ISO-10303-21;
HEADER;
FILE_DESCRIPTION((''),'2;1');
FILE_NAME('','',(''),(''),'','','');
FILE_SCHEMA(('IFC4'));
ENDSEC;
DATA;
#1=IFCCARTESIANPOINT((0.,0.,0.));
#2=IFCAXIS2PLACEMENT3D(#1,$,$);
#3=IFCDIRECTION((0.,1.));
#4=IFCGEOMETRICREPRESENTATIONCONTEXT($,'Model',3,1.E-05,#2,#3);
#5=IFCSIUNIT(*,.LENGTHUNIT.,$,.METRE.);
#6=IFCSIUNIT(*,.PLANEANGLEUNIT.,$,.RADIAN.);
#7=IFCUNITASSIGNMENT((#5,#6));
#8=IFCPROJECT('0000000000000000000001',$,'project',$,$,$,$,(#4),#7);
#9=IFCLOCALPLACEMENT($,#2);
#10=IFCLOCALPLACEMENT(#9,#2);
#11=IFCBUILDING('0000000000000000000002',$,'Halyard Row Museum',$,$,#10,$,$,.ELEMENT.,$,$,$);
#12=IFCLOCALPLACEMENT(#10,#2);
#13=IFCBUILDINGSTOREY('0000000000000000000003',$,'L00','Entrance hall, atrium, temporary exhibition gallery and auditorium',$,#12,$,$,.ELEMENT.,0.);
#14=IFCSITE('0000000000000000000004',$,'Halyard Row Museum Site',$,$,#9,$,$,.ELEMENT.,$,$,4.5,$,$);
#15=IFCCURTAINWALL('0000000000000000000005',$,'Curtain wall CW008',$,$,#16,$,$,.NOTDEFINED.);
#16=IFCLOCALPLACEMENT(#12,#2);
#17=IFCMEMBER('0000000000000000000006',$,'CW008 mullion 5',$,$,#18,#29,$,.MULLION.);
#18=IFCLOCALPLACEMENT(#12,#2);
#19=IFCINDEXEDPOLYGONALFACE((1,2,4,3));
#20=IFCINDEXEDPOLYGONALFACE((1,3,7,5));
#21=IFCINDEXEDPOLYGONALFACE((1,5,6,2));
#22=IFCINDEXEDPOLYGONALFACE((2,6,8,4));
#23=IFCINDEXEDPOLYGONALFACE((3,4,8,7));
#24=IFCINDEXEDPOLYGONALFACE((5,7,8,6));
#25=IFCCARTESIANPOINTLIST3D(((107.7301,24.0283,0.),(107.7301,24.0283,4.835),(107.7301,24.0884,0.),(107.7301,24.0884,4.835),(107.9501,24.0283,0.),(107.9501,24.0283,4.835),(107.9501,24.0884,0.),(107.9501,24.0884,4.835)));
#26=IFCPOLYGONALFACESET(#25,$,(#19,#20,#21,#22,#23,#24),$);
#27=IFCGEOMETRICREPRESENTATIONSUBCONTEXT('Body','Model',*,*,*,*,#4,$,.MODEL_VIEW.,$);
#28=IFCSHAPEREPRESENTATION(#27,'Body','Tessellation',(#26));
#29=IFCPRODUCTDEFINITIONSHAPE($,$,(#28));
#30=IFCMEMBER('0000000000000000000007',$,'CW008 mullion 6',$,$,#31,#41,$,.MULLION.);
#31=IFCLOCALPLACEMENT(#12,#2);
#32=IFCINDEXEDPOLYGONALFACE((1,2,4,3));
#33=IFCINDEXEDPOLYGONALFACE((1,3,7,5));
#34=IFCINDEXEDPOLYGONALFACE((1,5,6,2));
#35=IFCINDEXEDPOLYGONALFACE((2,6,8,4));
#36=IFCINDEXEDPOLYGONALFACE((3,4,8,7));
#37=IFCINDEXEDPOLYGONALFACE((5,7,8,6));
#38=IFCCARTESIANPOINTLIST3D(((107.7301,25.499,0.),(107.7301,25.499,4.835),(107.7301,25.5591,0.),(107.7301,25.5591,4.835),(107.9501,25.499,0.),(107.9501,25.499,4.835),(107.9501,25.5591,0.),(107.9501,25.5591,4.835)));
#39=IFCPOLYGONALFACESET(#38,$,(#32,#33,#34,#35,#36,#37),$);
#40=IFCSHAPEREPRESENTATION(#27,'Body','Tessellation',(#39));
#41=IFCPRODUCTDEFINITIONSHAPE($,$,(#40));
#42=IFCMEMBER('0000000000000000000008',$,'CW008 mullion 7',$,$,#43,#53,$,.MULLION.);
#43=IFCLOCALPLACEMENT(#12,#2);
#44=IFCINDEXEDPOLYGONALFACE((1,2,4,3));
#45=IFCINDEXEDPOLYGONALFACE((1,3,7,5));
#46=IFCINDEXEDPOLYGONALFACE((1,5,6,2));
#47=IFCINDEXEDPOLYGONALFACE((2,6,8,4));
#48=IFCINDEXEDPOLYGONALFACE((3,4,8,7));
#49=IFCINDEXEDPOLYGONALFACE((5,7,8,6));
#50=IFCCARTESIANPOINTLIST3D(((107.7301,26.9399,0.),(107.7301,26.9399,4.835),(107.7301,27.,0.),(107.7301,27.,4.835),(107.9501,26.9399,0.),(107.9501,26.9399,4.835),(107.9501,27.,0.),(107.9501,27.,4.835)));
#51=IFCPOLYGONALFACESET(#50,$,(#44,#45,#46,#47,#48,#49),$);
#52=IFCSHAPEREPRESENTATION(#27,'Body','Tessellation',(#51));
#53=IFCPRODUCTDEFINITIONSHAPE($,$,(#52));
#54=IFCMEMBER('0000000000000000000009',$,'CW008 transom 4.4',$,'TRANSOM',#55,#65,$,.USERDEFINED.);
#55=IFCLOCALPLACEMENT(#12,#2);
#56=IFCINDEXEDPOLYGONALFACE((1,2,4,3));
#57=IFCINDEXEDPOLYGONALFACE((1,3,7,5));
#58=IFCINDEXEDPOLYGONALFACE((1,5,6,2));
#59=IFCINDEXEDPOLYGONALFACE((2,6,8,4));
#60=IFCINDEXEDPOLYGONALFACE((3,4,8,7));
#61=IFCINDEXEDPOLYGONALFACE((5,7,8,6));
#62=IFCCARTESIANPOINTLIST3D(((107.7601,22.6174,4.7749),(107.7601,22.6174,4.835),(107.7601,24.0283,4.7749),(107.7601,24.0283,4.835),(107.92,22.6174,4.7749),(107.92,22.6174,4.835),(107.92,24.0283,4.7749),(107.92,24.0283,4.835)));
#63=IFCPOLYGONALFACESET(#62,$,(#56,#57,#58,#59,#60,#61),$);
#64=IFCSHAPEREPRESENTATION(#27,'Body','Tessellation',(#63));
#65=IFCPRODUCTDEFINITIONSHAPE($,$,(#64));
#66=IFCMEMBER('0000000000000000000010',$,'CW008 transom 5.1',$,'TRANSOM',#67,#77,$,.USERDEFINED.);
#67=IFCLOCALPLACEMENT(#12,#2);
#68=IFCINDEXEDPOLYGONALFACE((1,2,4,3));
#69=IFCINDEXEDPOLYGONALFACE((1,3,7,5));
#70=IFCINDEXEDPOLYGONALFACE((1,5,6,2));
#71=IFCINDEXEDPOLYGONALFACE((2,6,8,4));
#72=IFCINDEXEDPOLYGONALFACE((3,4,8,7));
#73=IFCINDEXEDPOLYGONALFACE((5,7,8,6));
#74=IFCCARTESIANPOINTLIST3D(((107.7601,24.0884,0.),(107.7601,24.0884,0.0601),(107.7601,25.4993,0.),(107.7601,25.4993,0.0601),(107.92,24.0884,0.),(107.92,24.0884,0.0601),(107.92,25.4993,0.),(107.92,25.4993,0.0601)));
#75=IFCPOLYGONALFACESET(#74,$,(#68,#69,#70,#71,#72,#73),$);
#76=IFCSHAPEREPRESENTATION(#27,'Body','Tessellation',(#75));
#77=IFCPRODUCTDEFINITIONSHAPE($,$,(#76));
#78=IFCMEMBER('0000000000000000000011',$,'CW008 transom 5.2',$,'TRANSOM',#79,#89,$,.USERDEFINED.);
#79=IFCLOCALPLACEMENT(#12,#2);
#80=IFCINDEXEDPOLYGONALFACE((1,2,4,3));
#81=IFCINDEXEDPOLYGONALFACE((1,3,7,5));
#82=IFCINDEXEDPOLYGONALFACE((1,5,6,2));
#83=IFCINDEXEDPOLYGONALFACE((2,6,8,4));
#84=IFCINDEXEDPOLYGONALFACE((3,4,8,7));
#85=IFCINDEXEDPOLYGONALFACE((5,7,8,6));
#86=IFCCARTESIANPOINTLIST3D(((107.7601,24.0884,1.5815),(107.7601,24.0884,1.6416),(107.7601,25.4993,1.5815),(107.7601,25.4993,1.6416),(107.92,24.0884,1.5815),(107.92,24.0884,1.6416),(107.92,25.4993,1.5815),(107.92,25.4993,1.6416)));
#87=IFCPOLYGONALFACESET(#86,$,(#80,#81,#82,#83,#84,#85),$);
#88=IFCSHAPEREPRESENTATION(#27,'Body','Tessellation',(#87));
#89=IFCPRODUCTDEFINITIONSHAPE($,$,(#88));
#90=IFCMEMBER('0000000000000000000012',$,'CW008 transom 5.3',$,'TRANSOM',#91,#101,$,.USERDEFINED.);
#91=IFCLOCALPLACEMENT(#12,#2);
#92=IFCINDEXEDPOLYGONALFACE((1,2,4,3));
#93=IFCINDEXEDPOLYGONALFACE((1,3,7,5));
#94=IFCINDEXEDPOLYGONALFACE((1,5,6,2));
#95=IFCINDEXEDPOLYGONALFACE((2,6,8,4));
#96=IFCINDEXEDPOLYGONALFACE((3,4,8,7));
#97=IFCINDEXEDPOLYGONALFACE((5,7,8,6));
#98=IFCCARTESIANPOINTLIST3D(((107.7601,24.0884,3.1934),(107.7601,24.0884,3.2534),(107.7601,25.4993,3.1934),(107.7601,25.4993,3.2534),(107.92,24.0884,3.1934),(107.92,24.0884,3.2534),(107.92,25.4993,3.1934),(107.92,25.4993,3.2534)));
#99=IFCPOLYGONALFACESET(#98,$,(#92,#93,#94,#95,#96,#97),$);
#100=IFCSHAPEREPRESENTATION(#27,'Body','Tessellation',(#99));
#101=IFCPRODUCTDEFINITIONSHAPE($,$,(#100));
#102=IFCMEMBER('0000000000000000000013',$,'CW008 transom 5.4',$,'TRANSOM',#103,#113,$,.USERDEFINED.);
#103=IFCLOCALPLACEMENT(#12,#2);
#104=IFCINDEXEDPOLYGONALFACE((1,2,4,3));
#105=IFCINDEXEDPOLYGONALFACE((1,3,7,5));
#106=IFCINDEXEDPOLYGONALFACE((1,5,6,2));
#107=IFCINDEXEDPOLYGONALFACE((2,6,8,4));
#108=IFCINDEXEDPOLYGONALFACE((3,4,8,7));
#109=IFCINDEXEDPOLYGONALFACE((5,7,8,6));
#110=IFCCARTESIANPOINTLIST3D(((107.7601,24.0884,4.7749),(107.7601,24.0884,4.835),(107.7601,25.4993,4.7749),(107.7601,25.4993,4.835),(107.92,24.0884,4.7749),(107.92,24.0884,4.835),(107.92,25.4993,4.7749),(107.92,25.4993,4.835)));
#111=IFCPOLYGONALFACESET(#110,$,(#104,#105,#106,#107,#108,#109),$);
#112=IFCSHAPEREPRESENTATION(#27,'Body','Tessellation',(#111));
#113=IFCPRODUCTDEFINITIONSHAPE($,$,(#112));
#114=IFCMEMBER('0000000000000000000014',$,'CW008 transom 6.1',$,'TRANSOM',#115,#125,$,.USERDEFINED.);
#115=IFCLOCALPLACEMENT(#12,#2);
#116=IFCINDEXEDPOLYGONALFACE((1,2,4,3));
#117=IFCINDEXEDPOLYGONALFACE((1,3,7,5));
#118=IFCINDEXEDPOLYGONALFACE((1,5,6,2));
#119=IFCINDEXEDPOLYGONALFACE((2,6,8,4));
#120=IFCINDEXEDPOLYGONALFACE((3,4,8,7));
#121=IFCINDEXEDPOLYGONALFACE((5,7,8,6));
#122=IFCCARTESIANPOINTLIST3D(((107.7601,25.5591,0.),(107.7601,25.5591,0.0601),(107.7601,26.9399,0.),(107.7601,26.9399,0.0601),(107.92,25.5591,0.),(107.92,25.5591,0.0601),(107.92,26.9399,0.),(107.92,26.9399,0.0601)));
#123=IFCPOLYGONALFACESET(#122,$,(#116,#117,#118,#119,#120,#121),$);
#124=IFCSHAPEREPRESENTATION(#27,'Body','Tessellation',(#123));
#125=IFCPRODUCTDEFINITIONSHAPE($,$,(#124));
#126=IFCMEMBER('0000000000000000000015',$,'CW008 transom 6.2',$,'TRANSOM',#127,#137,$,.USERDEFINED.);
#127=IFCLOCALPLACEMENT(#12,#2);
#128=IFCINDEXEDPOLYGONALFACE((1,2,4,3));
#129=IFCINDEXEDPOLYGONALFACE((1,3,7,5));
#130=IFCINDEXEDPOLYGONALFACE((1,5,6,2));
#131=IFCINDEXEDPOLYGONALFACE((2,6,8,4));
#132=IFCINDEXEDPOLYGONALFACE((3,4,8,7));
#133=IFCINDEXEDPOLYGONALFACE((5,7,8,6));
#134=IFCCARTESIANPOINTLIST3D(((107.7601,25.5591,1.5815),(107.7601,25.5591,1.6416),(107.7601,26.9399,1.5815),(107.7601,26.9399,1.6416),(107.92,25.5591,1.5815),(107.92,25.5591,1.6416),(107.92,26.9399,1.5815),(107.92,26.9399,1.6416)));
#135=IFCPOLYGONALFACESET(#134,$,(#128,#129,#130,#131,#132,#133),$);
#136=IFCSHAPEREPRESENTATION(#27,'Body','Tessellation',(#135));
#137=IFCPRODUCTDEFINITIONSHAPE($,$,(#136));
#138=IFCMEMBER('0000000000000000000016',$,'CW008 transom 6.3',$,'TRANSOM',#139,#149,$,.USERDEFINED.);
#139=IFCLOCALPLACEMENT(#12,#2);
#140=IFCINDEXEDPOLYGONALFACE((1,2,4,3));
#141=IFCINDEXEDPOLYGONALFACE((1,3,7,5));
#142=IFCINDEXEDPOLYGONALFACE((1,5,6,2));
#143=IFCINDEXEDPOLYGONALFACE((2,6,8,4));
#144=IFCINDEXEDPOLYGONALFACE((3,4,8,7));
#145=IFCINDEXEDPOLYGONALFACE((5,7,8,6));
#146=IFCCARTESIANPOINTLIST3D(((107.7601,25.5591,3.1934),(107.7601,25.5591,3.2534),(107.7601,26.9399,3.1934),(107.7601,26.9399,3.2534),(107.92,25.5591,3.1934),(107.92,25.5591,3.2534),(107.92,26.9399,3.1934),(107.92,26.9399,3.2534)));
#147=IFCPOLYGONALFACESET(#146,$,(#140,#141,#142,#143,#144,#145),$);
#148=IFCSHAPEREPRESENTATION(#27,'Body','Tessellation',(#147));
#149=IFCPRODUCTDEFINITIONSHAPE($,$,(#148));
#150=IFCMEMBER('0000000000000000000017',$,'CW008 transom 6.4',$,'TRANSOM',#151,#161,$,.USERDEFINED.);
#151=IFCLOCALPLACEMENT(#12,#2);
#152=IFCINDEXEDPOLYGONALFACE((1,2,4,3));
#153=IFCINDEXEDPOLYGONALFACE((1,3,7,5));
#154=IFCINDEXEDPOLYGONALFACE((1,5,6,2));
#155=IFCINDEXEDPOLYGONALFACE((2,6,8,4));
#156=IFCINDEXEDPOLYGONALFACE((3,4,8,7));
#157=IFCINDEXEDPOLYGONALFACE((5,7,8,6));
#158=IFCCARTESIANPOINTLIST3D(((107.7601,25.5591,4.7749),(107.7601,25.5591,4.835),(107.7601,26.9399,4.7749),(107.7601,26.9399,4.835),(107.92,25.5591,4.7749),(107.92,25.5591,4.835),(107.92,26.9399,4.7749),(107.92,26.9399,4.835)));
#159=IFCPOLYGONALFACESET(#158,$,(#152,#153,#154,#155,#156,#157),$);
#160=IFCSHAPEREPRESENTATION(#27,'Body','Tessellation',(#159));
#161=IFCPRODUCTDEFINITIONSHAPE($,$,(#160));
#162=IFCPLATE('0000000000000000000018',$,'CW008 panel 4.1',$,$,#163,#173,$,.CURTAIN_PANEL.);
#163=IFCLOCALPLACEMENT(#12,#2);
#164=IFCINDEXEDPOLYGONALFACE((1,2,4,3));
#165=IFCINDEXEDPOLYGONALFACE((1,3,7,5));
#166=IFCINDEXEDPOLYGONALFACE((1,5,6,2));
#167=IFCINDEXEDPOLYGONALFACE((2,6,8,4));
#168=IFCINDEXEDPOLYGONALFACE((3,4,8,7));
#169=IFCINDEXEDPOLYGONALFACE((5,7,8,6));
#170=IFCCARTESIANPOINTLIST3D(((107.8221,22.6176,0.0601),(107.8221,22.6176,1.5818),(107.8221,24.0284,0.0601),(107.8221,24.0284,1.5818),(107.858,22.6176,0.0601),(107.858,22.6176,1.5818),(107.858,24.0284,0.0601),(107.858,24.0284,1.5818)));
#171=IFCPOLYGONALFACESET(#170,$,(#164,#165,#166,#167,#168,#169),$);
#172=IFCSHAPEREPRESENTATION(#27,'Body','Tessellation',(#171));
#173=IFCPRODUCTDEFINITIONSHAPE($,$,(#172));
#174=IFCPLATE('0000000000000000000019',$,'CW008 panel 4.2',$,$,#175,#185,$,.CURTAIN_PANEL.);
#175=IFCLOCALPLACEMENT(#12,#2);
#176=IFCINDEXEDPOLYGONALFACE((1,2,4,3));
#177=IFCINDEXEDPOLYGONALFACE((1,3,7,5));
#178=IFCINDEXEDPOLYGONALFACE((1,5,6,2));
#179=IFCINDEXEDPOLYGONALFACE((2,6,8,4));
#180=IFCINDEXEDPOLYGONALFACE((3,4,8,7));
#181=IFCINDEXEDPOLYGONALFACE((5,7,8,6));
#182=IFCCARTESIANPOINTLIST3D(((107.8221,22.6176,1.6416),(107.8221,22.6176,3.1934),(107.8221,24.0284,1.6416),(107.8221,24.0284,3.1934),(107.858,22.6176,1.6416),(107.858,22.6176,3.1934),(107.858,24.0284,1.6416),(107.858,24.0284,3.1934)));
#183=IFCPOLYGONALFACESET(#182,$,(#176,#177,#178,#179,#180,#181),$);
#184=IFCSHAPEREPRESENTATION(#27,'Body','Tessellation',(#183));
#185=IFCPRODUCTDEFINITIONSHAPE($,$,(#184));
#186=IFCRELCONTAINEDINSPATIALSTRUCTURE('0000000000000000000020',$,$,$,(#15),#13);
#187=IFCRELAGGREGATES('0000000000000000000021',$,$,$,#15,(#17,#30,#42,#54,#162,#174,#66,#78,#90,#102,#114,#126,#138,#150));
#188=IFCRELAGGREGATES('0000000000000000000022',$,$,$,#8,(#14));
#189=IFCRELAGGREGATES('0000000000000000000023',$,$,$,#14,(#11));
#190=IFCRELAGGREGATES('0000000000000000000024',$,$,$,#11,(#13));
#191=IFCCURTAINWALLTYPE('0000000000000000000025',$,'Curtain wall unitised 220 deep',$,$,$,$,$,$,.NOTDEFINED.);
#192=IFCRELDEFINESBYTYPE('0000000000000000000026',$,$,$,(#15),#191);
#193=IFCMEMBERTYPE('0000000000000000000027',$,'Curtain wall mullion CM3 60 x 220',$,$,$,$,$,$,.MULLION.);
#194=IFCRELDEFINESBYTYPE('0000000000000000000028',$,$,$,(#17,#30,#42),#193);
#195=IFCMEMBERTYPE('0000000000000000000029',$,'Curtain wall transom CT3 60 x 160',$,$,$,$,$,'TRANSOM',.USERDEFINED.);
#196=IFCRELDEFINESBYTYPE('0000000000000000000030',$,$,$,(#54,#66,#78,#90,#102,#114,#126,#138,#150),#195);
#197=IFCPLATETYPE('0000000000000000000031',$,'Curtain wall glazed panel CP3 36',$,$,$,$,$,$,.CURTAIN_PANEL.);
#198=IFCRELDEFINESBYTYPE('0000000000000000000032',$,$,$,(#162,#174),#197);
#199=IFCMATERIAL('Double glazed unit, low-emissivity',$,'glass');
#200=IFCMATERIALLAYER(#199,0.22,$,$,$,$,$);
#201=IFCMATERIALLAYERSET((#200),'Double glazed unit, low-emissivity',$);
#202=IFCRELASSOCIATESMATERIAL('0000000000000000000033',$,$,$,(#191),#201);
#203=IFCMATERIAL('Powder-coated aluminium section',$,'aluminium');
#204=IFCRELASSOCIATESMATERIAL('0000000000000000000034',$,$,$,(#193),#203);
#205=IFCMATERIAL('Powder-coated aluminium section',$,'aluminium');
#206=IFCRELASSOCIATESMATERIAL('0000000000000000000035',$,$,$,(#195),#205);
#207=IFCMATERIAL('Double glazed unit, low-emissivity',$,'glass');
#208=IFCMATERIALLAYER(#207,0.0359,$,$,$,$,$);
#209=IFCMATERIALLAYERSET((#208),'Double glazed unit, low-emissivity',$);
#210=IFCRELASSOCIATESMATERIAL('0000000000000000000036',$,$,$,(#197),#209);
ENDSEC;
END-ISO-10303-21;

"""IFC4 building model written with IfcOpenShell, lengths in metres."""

from ifc_helpers import new_model, si_unit, direction, frame, origin, origin_2d, place, context, subcontext, project, spatial, rectangle, extrude, material, layer, layer_set, material_profile, profile_set, type_object, element, aggregate, save


model = new_model("IFC4")

# Units and contexts
model_context = context("Model", 3, precision=1e-05, world=origin(), true_north=direction((0.0, 1.0)))
body_context = subcontext(model_context, "Body", "Model", "MODEL_VIEW")
ifc_project = project(units=[si_unit("LENGTHUNIT", "METRE"), si_unit("PLANEANGLEUNIT", "RADIAN")], contexts=[model_context])

# Site, building, storey
site_placement = place(None, origin())
site = spatial("IfcSite", under=ifc_project, at=site_placement, Name="Halyard Row Museum Site", CompositionType="ELEMENT", RefElevation=4.5)
building_placement = place(site_placement, origin())
building = spatial("IfcBuilding", under=site, at=building_placement, Name="Halyard Row Museum", CompositionType="ELEMENT")
storey_placement = place(building_placement, origin())
storey = spatial("IfcBuildingStorey", under=building, at=storey_placement, Name="L00", Description="Entrance hall, atrium, temporary exhibition gallery and auditorium", CompositionType="ELEMENT", Elevation=0.0)

# Curtain wall, members, plates
ifc_material_1 = material(Name="Double glazed unit, low-emissivity", Category="glass")
ifc_layer_1 = layer(ifc_material_1, 0.22)
ifc_layer_set_1 = layer_set([ifc_layer_1], Name="Double glazed unit, low-emissivity")
curtain_wall_type = type_object("IfcCurtainWallType", Name="Curtain wall unitised 220 deep", PredefinedType="NOTDEFINED", material=ifc_layer_set_1)
curtain_wall_placement = place(storey_placement, origin())
curtain_wall = element("IfcCurtainWall", 1, at=curtain_wall_placement, inside=storey, type_object=curtain_wall_type, Name="Curtain wall CW008", PredefinedType="NOTDEFINED")
ifc_material_2 = material(Name="Powder-coated aluminium section", Category="aluminium")
ifc_material_profile_1 = material_profile(ifc_material_2, rectangle(XDim=0.22, YDim=0.0601, at=origin_2d()), Name="220x60 mullion")
ifc_profile_set_1 = profile_set([ifc_material_profile_1], Name="Powder-coated aluminium section")
member_type_1 = type_object("IfcMemberType", Name="Curtain wall mullion CM3 60 x 220", PredefinedType="MULLION", material=ifc_profile_set_1)
member_1_placement = place(storey_placement, frame((107.8401, 24.0583, 0.0), z_axis=(0.0, 0.0, 1.0), x_axis=(-1.0, 0.0, 0.0)))
member_1 = element("IfcMember", 2, at=member_1_placement, type_object=member_type_1, Name="CW008 mullion 5", PredefinedType="MULLION", context=body_context, shape_type="SweptSolid", body=[
    extrude(rectangle(XDim=0.22, YDim=0.0601, at=origin_2d()), origin(), (0.0, 0.0, 1.0), 4.835),
])
member_2_placement = place(storey_placement, frame((107.8401, 25.5291, 0.0), z_axis=(0.0, 0.0, 1.0), x_axis=(-1.0, 0.0, 0.0)))
member_2 = element("IfcMember", 3, at=member_2_placement, type_object=member_type_1, Name="CW008 mullion 6", PredefinedType="MULLION", context=body_context, shape_type="SweptSolid", body=[
    extrude(rectangle(XDim=0.22, YDim=0.0601, at=origin_2d()), origin(), (0.0, 0.0, 1.0), 4.835),
])
member_3_placement = place(storey_placement, frame((107.8401, 26.97, 0.0), z_axis=(0.0, 0.0, 1.0), x_axis=(-1.0, 0.0, 0.0)))
member_3 = element("IfcMember", 4, at=member_3_placement, type_object=member_type_1, Name="CW008 mullion 7", PredefinedType="MULLION", context=body_context, shape_type="SweptSolid", body=[
    extrude(rectangle(XDim=0.22, YDim=0.0601, at=origin_2d()), origin(), (0.0, 0.0, 1.0), 4.835),
])
ifc_material_3 = material(Name="Powder-coated aluminium section", Category="aluminium")
ifc_material_profile_2 = material_profile(ifc_material_3, rectangle(XDim=0.1599, YDim=0.0601, at=origin_2d()), Name="160x60 transom")
ifc_profile_set_2 = profile_set([ifc_material_profile_2], Name="Powder-coated aluminium section")
member_type_2 = type_object("IfcMemberType", Name="Curtain wall transom CT3 60 x 160", ElementType="TRANSOM", PredefinedType="USERDEFINED", material=ifc_profile_set_2)
member_4_placement = place(storey_placement, frame((107.8401, 22.6174, 4.8049), z_axis=(0.0, 1.0, 0.0), x_axis=(-1.0, 0.0, 0.0)))
member_4 = element("IfcMember", 5, at=member_4_placement, type_object=member_type_2, Name="CW008 transom 4.4", ObjectType="TRANSOM", PredefinedType="USERDEFINED", context=body_context, shape_type="SweptSolid", body=[
    extrude(rectangle(XDim=0.1599, YDim=0.0601, at=origin_2d()), origin(), (0.0, 0.0, 1.0), 1.4109),
])
member_5_placement = place(storey_placement, frame((107.8401, 24.0884, 0.03), z_axis=(0.0, 1.0, 0.0), x_axis=(-1.0, 0.0, 0.0)))
member_5 = element("IfcMember", 6, at=member_5_placement, type_object=member_type_2, Name="CW008 transom 5.1", ObjectType="TRANSOM", PredefinedType="USERDEFINED", context=body_context, shape_type="SweptSolid", body=[
    extrude(rectangle(XDim=0.1599, YDim=0.0601, at=origin_2d()), origin(), (0.0, 0.0, 1.0), 1.4109),
])
member_6_placement = place(storey_placement, frame((107.8401, 24.0884, 1.6116), z_axis=(0.0, 1.0, 0.0), x_axis=(-1.0, 0.0, 0.0)))
member_6 = element("IfcMember", 7, at=member_6_placement, type_object=member_type_2, Name="CW008 transom 5.2", ObjectType="TRANSOM", PredefinedType="USERDEFINED", context=body_context, shape_type="SweptSolid", body=[
    extrude(rectangle(XDim=0.1599, YDim=0.0601, at=origin_2d()), origin(), (0.0, 0.0, 1.0), 1.4109),
])
member_7_placement = place(storey_placement, frame((107.8401, 24.0884, 3.2234), z_axis=(0.0, 1.0, 0.0), x_axis=(-1.0, 0.0, 0.0)))
member_7 = element("IfcMember", 8, at=member_7_placement, type_object=member_type_2, Name="CW008 transom 5.3", ObjectType="TRANSOM", PredefinedType="USERDEFINED", context=body_context, shape_type="SweptSolid", body=[
    extrude(rectangle(XDim=0.1599, YDim=0.0601, at=origin_2d()), origin(), (0.0, 0.0, 1.0), 1.4109),
])
member_8_placement = place(storey_placement, frame((107.8401, 24.0884, 4.8049), z_axis=(0.0, 1.0, 0.0), x_axis=(-1.0, 0.0, 0.0)))
member_8 = element("IfcMember", 9, at=member_8_placement, type_object=member_type_2, Name="CW008 transom 5.4", ObjectType="TRANSOM", PredefinedType="USERDEFINED", context=body_context, shape_type="SweptSolid", body=[
    extrude(rectangle(XDim=0.1599, YDim=0.0601, at=origin_2d()), origin(), (0.0, 0.0, 1.0), 1.4109),
])
member_9_placement = place(storey_placement, frame((107.8401, 25.5591, 0.03), z_axis=(0.0, 1.0, 0.0), x_axis=(-1.0, 0.0, 0.0)))
member_9 = element("IfcMember", 10, at=member_9_placement, type_object=member_type_2, Name="CW008 transom 6.1", ObjectType="TRANSOM", PredefinedType="USERDEFINED", context=body_context, shape_type="SweptSolid", body=[
    extrude(rectangle(XDim=0.1599, YDim=0.0601, at=origin_2d()), origin(), (0.0, 0.0, 1.0), 1.3809),
])
member_10_placement = place(storey_placement, frame((107.8401, 25.5591, 1.6116), z_axis=(0.0, 1.0, 0.0), x_axis=(-1.0, 0.0, 0.0)))
member_10 = element("IfcMember", 11, at=member_10_placement, type_object=member_type_2, Name="CW008 transom 6.2", ObjectType="TRANSOM", PredefinedType="USERDEFINED", context=body_context, shape_type="SweptSolid", body=[
    extrude(rectangle(XDim=0.1599, YDim=0.0601, at=origin_2d()), origin(), (0.0, 0.0, 1.0), 1.3809),
])
member_11_placement = place(storey_placement, frame((107.8401, 25.5591, 3.2234), z_axis=(0.0, 1.0, 0.0), x_axis=(-1.0, 0.0, 0.0)))
member_11 = element("IfcMember", 12, at=member_11_placement, type_object=member_type_2, Name="CW008 transom 6.3", ObjectType="TRANSOM", PredefinedType="USERDEFINED", context=body_context, shape_type="SweptSolid", body=[
    extrude(rectangle(XDim=0.1599, YDim=0.0601, at=origin_2d()), origin(), (0.0, 0.0, 1.0), 1.3809),
])
member_12_placement = place(storey_placement, frame((107.8401, 25.5591, 4.8049), z_axis=(0.0, 1.0, 0.0), x_axis=(-1.0, 0.0, 0.0)))
member_12 = element("IfcMember", 13, at=member_12_placement, type_object=member_type_2, Name="CW008 transom 6.4", ObjectType="TRANSOM", PredefinedType="USERDEFINED", context=body_context, shape_type="SweptSolid", body=[
    extrude(rectangle(XDim=0.1599, YDim=0.0601, at=origin_2d()), origin(), (0.0, 0.0, 1.0), 1.3809),
])
ifc_material_4 = material(Name="Double glazed unit, low-emissivity", Category="glass")
ifc_layer_2 = layer(ifc_material_4, 0.0359)
ifc_layer_set_2 = layer_set([ifc_layer_2], Name="Double glazed unit, low-emissivity")
plate_type = type_object("IfcPlateType", Name="Curtain wall glazed panel CP3 36", PredefinedType="CURTAIN_PANEL", material=ifc_layer_set_2)
plate_1_placement = place(storey_placement, frame((107.8401, 23.323, 0.0601), z_axis=(0.0, 0.0, 1.0), x_axis=(0.0, 1.0, 0.0)))
plate_1 = element("IfcPlate", 14, at=plate_1_placement, type_object=plate_type, Name="CW008 panel 4.1", PredefinedType="CURTAIN_PANEL", context=body_context, shape_type="SweptSolid", body=[
    extrude(rectangle(XDim=1.4109, YDim=0.0359, at=origin_2d()), origin(), (0.0, 0.0, 1.0), 1.5217),
])
plate_2_placement = place(storey_placement, frame((107.8401, 23.323, 1.6416), z_axis=(0.0, 0.0, 1.0), x_axis=(0.0, 1.0, 0.0)))
plate_2 = element("IfcPlate", 15, at=plate_2_placement, type_object=plate_type, Name="CW008 panel 4.2", PredefinedType="CURTAIN_PANEL", context=body_context, shape_type="SweptSolid", body=[
    extrude(rectangle(XDim=1.4109, YDim=0.0359, at=origin_2d()), origin(), (0.0, 0.0, 1.0), 1.5518),
])
aggregate(curtain_wall, [member_1, member_2, member_3, member_4, plate_1, plate_2, member_5, member_6, member_7, member_8, member_9, member_10, member_11, member_12])

save(model, "model.ifc")
